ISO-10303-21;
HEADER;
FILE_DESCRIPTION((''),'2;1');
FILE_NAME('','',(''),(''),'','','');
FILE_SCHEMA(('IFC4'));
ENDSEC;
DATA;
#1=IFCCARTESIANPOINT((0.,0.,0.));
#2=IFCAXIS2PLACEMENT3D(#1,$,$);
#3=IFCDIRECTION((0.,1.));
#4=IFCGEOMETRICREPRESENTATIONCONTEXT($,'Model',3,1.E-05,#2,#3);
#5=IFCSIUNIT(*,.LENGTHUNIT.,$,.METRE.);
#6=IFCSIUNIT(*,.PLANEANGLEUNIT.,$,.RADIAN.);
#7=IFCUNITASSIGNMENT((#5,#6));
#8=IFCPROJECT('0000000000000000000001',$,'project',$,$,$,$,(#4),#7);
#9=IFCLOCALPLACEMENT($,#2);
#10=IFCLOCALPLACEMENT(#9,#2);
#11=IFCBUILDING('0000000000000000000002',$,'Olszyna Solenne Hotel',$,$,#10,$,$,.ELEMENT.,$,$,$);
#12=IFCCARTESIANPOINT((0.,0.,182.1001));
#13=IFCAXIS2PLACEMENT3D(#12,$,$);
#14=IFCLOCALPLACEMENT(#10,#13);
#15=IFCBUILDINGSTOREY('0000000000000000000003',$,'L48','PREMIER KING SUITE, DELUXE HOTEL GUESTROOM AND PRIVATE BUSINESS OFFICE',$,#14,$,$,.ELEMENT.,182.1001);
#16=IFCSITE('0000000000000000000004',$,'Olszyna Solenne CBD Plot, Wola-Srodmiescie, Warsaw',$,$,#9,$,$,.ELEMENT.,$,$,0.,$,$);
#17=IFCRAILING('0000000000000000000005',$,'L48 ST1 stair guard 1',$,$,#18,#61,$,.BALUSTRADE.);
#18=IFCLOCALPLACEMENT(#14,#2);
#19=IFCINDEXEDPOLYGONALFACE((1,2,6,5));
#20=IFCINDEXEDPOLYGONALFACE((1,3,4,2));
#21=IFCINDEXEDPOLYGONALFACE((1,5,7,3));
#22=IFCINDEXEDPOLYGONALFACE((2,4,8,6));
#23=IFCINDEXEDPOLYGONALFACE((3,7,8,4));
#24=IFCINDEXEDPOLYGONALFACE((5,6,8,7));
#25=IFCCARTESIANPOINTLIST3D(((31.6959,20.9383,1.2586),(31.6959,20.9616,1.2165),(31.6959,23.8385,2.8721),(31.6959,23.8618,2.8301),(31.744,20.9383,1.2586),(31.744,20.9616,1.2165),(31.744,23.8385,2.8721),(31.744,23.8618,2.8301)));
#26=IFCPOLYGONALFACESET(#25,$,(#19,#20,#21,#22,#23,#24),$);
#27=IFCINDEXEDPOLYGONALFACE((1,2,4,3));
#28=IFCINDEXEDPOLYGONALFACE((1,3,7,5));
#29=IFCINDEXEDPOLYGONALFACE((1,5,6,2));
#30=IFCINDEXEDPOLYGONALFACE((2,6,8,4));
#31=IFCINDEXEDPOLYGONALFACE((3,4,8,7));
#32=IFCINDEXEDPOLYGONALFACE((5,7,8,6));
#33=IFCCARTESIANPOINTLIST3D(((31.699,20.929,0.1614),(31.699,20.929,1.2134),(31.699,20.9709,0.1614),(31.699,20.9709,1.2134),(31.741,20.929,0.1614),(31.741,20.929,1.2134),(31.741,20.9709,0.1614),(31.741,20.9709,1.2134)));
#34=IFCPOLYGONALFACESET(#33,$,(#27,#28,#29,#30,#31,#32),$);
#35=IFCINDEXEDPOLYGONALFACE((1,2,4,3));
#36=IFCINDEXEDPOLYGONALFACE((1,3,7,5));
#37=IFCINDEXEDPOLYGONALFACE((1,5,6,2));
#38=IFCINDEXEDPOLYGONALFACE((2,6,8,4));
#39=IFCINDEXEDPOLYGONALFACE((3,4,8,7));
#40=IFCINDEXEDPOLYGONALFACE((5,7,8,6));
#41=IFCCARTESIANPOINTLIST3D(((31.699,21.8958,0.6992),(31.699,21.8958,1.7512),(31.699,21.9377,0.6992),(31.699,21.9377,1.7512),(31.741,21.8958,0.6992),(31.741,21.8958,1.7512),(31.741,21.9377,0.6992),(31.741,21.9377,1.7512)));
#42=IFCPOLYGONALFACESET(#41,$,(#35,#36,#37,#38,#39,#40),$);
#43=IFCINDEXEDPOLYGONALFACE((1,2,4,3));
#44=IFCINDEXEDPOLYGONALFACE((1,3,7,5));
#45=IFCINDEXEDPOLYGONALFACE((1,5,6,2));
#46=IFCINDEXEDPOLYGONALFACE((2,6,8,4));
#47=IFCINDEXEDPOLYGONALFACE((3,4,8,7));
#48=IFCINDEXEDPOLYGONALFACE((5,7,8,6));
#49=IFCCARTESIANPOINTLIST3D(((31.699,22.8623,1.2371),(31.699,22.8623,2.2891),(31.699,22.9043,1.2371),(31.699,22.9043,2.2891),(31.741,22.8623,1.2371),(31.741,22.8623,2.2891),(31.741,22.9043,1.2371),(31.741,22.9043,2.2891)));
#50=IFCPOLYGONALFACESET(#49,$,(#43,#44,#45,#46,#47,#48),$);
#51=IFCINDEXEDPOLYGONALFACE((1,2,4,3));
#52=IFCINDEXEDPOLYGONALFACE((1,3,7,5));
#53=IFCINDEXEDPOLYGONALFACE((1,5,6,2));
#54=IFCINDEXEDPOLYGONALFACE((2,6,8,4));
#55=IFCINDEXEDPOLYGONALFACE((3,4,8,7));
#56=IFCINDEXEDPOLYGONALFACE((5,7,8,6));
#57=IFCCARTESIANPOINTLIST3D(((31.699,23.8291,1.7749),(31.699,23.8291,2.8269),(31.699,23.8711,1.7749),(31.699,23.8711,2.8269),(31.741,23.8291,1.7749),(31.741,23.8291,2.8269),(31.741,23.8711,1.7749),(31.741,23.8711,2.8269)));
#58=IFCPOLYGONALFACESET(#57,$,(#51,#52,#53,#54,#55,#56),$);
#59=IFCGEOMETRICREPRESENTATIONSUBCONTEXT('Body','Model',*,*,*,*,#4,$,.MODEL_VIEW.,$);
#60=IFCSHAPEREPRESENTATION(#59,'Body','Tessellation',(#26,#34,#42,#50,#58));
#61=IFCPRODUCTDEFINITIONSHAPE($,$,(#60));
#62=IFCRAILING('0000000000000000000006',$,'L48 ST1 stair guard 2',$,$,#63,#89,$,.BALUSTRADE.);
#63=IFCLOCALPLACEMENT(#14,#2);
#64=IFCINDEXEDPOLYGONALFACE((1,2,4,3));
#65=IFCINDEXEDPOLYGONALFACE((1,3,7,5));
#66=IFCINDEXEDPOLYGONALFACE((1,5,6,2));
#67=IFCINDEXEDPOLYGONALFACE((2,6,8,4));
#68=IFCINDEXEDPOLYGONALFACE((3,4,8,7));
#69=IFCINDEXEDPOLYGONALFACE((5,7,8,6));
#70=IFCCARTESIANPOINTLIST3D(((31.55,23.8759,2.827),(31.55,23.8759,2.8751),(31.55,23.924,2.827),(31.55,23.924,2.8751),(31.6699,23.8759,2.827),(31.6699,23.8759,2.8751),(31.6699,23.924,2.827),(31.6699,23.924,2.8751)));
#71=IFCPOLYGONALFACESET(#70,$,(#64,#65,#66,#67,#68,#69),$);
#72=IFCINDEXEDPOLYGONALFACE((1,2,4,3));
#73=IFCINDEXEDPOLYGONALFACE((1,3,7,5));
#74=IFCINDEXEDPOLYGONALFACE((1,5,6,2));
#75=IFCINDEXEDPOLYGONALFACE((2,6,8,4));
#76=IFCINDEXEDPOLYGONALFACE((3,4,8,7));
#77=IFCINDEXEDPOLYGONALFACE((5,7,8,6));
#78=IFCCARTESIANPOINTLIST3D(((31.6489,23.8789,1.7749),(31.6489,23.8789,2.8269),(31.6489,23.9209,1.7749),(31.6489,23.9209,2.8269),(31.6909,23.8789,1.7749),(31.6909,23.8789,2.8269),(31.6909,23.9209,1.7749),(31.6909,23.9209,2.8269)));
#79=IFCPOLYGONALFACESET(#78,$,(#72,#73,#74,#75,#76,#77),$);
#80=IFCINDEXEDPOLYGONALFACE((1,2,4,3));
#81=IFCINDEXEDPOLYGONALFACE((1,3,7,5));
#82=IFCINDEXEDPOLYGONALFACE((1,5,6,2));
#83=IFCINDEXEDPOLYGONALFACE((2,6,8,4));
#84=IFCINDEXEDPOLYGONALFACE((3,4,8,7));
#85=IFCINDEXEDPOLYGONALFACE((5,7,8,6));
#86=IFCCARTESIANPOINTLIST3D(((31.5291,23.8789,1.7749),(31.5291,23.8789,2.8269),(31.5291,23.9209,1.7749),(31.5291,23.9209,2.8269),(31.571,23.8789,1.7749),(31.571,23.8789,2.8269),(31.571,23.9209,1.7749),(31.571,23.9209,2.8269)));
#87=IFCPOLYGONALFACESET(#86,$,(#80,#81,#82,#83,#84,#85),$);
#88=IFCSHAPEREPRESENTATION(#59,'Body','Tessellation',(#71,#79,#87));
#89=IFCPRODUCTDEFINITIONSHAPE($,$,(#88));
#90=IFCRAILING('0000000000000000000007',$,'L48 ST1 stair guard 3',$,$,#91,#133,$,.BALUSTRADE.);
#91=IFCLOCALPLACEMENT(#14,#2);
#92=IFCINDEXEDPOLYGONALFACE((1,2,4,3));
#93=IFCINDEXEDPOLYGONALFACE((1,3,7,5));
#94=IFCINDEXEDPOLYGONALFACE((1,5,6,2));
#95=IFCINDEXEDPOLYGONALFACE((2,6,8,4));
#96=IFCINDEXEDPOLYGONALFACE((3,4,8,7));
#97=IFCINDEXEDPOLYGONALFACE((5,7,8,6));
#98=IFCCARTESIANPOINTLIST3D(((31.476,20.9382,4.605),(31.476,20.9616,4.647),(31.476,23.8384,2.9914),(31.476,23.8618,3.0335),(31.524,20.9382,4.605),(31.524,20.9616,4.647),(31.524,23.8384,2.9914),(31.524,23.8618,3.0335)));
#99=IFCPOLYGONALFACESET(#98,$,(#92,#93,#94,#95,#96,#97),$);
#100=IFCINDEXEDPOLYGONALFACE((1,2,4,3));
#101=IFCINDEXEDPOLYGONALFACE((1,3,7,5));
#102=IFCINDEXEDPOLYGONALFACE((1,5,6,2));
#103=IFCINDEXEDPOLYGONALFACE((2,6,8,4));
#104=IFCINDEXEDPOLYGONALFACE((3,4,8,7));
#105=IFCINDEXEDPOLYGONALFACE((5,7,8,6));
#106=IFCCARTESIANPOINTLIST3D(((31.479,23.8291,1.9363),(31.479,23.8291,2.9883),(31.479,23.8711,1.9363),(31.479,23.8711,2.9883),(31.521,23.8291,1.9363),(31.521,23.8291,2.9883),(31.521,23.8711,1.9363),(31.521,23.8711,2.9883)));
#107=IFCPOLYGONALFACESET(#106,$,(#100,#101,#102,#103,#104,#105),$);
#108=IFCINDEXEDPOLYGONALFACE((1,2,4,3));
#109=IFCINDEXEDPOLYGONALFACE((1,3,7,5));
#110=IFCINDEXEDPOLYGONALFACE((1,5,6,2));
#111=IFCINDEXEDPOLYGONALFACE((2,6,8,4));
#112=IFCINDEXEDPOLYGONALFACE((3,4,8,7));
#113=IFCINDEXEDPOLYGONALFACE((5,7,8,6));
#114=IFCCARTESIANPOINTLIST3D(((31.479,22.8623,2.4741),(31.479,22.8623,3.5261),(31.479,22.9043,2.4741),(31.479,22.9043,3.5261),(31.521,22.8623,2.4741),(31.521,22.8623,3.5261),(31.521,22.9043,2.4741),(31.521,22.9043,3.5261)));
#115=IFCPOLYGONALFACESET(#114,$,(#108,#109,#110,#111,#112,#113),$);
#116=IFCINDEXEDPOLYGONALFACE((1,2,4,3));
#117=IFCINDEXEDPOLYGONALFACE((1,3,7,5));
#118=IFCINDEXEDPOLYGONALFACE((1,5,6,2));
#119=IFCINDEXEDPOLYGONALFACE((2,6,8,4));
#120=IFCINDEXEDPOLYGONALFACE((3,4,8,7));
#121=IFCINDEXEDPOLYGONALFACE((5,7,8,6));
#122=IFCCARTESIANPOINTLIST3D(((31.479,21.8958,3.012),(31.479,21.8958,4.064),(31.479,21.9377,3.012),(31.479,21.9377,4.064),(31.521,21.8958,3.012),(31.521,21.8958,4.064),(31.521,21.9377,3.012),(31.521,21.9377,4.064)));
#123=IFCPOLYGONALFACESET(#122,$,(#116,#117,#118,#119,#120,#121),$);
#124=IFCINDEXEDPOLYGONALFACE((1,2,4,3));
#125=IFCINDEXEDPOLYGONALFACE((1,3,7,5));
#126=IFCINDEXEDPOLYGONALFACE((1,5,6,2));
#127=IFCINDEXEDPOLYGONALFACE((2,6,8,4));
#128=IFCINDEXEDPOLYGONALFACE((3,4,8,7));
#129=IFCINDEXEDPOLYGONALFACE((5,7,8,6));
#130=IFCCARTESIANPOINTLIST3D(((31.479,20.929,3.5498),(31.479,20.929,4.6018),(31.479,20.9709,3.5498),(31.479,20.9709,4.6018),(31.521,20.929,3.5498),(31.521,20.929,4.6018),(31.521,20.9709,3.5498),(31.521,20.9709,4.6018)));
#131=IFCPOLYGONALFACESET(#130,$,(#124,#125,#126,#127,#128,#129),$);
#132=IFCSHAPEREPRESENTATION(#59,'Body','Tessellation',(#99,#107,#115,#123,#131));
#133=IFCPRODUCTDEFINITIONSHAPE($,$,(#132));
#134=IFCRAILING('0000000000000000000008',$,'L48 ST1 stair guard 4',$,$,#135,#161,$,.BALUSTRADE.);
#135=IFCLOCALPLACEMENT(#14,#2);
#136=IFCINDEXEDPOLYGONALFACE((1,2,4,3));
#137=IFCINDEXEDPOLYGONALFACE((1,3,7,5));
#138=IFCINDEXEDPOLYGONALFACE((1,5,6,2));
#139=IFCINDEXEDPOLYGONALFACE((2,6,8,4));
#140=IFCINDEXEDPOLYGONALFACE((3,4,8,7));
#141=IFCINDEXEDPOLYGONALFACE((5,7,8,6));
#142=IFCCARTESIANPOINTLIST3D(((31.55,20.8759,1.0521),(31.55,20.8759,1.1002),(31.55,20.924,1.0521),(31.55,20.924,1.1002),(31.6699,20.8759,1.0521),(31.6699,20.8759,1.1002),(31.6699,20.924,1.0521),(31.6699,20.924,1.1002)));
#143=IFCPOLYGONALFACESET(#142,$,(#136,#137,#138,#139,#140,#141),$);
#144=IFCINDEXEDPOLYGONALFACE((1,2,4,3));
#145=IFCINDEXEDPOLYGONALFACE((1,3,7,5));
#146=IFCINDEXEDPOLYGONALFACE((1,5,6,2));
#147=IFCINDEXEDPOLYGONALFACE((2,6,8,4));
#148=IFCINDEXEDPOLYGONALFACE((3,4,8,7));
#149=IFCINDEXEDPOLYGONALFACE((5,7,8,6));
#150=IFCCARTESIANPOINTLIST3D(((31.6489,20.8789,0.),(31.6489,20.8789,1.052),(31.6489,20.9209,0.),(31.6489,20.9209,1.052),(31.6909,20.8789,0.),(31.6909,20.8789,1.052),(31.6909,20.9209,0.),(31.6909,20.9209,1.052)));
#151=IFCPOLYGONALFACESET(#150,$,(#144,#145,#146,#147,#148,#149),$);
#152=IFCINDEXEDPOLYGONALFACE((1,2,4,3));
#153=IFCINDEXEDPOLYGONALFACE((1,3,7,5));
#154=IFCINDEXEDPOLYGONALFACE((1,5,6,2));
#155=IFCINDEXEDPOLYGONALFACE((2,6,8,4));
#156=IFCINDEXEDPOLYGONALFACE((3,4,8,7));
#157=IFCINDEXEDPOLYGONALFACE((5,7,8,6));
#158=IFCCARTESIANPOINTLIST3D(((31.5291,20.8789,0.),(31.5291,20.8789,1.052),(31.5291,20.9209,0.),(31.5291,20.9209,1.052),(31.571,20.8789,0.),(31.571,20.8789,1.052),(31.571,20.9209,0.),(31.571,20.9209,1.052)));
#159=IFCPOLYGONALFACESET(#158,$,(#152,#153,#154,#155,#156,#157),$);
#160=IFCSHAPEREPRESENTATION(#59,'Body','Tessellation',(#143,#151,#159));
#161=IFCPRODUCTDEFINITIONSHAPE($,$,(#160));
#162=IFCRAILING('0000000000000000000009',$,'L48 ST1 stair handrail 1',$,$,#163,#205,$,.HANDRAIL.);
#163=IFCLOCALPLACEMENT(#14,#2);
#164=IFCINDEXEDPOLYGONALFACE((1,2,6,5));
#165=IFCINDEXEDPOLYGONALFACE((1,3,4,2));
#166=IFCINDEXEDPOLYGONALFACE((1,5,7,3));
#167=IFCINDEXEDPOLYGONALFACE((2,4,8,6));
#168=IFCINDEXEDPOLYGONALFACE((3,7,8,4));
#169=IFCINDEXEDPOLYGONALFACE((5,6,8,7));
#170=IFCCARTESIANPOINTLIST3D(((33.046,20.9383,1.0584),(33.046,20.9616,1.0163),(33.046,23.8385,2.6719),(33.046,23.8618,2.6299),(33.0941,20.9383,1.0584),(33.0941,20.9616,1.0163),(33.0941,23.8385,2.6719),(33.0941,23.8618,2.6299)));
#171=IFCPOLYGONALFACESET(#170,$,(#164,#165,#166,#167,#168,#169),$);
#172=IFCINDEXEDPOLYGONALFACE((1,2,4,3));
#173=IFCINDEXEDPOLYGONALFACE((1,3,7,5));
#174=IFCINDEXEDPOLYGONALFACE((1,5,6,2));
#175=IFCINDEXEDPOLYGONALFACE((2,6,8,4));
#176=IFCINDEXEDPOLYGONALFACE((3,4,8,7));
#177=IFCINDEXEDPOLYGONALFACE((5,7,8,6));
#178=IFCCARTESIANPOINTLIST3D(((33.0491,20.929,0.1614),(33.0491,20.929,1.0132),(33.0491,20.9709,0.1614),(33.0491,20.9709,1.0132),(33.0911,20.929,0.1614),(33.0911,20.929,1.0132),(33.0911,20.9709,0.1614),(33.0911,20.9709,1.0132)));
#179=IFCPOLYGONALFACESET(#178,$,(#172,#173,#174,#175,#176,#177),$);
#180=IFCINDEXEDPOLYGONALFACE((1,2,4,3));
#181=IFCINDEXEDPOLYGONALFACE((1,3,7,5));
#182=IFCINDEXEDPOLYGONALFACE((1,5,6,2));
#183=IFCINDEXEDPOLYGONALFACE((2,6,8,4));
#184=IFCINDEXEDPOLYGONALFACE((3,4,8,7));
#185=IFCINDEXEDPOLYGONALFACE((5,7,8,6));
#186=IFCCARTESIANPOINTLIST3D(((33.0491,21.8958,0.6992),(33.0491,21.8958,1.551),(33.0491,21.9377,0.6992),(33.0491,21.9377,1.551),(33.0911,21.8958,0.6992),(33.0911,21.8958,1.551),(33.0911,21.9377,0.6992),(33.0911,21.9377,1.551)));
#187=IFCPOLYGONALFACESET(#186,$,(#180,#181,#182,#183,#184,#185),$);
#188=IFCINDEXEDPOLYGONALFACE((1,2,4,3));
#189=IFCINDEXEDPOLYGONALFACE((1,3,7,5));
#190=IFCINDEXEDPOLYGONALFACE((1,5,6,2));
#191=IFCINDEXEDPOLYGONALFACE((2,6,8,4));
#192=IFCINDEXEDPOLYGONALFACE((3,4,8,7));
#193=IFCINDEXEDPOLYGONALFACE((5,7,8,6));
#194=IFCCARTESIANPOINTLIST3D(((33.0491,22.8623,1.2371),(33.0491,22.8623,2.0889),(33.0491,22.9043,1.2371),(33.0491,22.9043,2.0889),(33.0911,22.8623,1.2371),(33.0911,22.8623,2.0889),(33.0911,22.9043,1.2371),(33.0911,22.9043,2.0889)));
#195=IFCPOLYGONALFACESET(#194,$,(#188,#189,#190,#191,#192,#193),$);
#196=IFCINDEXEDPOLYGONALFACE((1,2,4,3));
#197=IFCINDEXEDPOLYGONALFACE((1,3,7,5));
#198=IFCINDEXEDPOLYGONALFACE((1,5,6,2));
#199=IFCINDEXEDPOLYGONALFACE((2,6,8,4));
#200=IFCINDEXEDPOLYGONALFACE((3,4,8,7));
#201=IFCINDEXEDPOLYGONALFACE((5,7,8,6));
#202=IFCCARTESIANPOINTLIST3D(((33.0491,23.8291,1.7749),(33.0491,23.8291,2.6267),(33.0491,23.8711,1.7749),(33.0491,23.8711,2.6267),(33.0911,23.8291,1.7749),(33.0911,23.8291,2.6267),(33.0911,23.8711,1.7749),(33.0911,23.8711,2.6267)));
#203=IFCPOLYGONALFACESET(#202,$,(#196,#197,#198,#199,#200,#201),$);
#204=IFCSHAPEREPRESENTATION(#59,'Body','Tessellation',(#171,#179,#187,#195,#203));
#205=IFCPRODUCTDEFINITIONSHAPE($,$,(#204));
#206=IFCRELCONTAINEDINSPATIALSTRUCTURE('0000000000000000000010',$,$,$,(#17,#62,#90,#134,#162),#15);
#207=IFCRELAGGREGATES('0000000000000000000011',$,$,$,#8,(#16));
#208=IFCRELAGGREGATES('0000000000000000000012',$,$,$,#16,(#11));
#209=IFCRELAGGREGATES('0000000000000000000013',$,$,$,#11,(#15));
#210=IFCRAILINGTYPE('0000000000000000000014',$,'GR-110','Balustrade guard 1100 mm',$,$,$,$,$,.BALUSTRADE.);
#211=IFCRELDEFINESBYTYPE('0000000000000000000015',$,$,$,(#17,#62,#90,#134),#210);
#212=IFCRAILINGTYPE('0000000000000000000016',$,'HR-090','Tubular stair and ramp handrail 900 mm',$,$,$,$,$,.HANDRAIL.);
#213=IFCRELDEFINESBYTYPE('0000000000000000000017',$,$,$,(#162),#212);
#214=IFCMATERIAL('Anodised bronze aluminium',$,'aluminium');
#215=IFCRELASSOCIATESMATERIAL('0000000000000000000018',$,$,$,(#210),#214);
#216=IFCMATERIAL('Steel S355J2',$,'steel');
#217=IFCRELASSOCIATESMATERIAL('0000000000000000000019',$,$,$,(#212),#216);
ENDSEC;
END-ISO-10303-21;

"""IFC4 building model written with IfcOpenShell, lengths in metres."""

from ifc_helpers import new_model, si_unit, direction, frame, origin, origin_2d, place, context, subcontext, project, spatial, rectangle, extrude, material, type_object, element, save


model = new_model("IFC4")

# Units and contexts
model_context = context("Model", 3, precision=1e-05, world=origin(), true_north=direction((0.0, 1.0)))
body_context = subcontext(model_context, "Body", "Model", "MODEL_VIEW")
ifc_project = project(units=[si_unit("LENGTHUNIT", "METRE"), si_unit("PLANEANGLEUNIT", "RADIAN")], contexts=[model_context])

# Site, building, storey
site_placement = place(None, origin())
site = spatial("IfcSite", under=ifc_project, at=site_placement, Name="Olszyna Solenne CBD Plot, Wola-Srodmiescie, Warsaw", CompositionType="ELEMENT", RefElevation=0.0)
building_placement = place(site_placement, origin())
building = spatial("IfcBuilding", under=site, at=building_placement, Name="Olszyna Solenne Hotel", CompositionType="ELEMENT")
storey_placement = place(building_placement, frame((0.0, 0.0, 182.1001)))
storey = spatial("IfcBuildingStorey", under=building, at=storey_placement, Name="L48", Description="PREMIER KING SUITE, DELUXE HOTEL GUESTROOM AND PRIVATE BUSINESS OFFICE", CompositionType="ELEMENT", Elevation=182.1001)

# Shared definitions
ifc_material_1 = material(Name="Steel S355J2", Category="steel")

# Railings
ifc_material_2 = material(Name="Anodised bronze aluminium", Category="aluminium")
railing_type_1 = type_object("IfcRailingType", Name="GR-110", Description="Balustrade guard 1100 mm", PredefinedType="BALUSTRADE", material=ifc_material_2)
railing_1_placement = place(storey_placement, frame((31.72, 20.95, 0.1614)))
element("IfcRailing", 1, at=railing_1_placement, inside=storey, type_object=railing_type_1, Name="L48 ST1 stair guard 1", PredefinedType="BALUSTRADE", context=body_context, shape_type="SweptSolid", body=[
    extrude(rectangle(XDim=0.0481, YDim=0.0481, at=origin_2d()), frame((0.0, 0.0, 1.0762), z_axis=(0.0, 0.873859, 0.48618), x_axis=(-1.0, 0.0, 0.0)), (0.0, 0.0, 1.0), 3.3188),
    extrude(rectangle(XDim=0.042, YDim=0.042, at=origin_2d()), origin(), (0.0, 0.0, 1.0), 1.052),
    extrude(rectangle(XDim=0.042, YDim=0.042, at=origin_2d()), frame((0.0, 0.9668, 0.5378)), (0.0, 0.0, 1.0), 1.052),
    extrude(rectangle(XDim=0.042, YDim=0.042, at=origin_2d()), frame((0.0, 1.9333, 1.0757)), (0.0, 0.0, 1.0), 1.052),
    extrude(rectangle(XDim=0.042, YDim=0.042, at=origin_2d()), frame((0.0, 2.9001, 1.6135)), (0.0, 0.0, 1.0), 1.052),
])
railing_2_placement = place(storey_placement, frame((31.6699, 23.8999, 1.7749)))
element("IfcRailing", 2, at=railing_2_placement, inside=storey, type_object=railing_type_1, Name="L48 ST1 stair guard 2", PredefinedType="BALUSTRADE", context=body_context, shape_type="SweptSolid", body=[
    extrude(rectangle(XDim=0.0481, YDim=0.0481, at=origin_2d()), frame((0.0, 0.0, 1.0762), z_axis=(-1.0, 0.0, 0.0), x_axis=(0.0, -1.0, 0.0)), (0.0, 0.0, 1.0), 0.1199),
    extrude(rectangle(XDim=0.042, YDim=0.042, at=origin_2d()), origin(), (0.0, 0.0, 1.0), 1.052),
    extrude(rectangle(XDim=0.042, YDim=0.042, at=origin_2d()), frame((-0.1199, 0.0, 0.0)), (0.0, 0.0, 1.0), 1.052),
])
railing_3_placement = place(storey_placement, frame((31.5, 23.8501, 1.9363)))
element("IfcRailing", 3, at=railing_3_placement, inside=storey, type_object=railing_type_1, Name="L48 ST1 stair guard 3", PredefinedType="BALUSTRADE", context=body_context, shape_type="SweptSolid", body=[
    extrude(rectangle(XDim=0.0481, YDim=0.0481, at=origin_2d()), frame((0.0, 0.0, 1.0762), z_axis=(0.0, -0.873859, 0.48618), x_axis=(1.0, 0.0, 0.0)), (0.0, 0.0, 1.0), 3.3188),
    extrude(rectangle(XDim=0.042, YDim=0.042, at=origin_2d()), origin(), (0.0, 0.0, 1.0), 1.052),
    extrude(rectangle(XDim=0.042, YDim=0.042, at=origin_2d()), frame((0.0, -0.9668, 0.5378)), (0.0, 0.0, 1.0), 1.052),
    extrude(rectangle(XDim=0.042, YDim=0.042, at=origin_2d()), frame((0.0, -1.9333, 1.0757)), (0.0, 0.0, 1.0), 1.052),
    extrude(rectangle(XDim=0.042, YDim=0.042, at=origin_2d()), frame((0.0, -2.9001, 1.6135)), (0.0, 0.0, 1.0), 1.052),
])
railing_4_placement = place(storey_placement, frame((31.6699, 20.8999, 0.0)))
element("IfcRailing", 4, at=railing_4_placement, inside=storey, type_object=railing_type_1, Name="L48 ST1 stair guard 4", PredefinedType="BALUSTRADE", context=body_context, shape_type="SweptSolid", body=[
    extrude(rectangle(XDim=0.0481, YDim=0.0481, at=origin_2d()), frame((0.0, 0.0, 1.0762), z_axis=(-1.0, 0.0, 0.0), x_axis=(0.0, -1.0, 0.0)), (0.0, 0.0, 1.0), 0.1199),
    extrude(rectangle(XDim=0.042, YDim=0.042, at=origin_2d()), origin(), (0.0, 0.0, 1.0), 1.052),
    extrude(rectangle(XDim=0.042, YDim=0.042, at=origin_2d()), frame((-0.1199, 0.0, 0.0)), (0.0, 0.0, 1.0), 1.052),
])
railing_type_2 = type_object("IfcRailingType", Name="HR-090", Description="Tubular stair and ramp handrail 900 mm", PredefinedType="HANDRAIL", material=ifc_material_1)
railing_5_placement = place(storey_placement, frame((33.0701, 20.95, 0.1614)))
element("IfcRailing", 5, at=railing_5_placement, inside=storey, type_object=railing_type_2, Name="L48 ST1 stair handrail 1", PredefinedType="HANDRAIL", context=body_context, shape_type="SweptSolid", body=[
    extrude(rectangle(XDim=0.0481, YDim=0.0481, at=origin_2d()), frame((0.0, 0.0, 0.876), z_axis=(0.0, 0.873859, 0.48618), x_axis=(-1.0, 0.0, 0.0)), (0.0, 0.0, 1.0), 3.3188),
    extrude(rectangle(XDim=0.042, YDim=0.042, at=origin_2d()), origin(), (0.0, 0.0, 1.0), 0.8518),
    extrude(rectangle(XDim=0.042, YDim=0.042, at=origin_2d()), frame((0.0, 0.9668, 0.5378)), (0.0, 0.0, 1.0), 0.8518),
    extrude(rectangle(XDim=0.042, YDim=0.042, at=origin_2d()), frame((0.0, 1.9333, 1.0757)), (0.0, 0.0, 1.0), 0.8518),
    extrude(rectangle(XDim=0.042, YDim=0.042, at=origin_2d()), frame((0.0, 2.9001, 1.6135)), (0.0, 0.0, 1.0), 0.8518),
])

save(model, "model.ifc")
